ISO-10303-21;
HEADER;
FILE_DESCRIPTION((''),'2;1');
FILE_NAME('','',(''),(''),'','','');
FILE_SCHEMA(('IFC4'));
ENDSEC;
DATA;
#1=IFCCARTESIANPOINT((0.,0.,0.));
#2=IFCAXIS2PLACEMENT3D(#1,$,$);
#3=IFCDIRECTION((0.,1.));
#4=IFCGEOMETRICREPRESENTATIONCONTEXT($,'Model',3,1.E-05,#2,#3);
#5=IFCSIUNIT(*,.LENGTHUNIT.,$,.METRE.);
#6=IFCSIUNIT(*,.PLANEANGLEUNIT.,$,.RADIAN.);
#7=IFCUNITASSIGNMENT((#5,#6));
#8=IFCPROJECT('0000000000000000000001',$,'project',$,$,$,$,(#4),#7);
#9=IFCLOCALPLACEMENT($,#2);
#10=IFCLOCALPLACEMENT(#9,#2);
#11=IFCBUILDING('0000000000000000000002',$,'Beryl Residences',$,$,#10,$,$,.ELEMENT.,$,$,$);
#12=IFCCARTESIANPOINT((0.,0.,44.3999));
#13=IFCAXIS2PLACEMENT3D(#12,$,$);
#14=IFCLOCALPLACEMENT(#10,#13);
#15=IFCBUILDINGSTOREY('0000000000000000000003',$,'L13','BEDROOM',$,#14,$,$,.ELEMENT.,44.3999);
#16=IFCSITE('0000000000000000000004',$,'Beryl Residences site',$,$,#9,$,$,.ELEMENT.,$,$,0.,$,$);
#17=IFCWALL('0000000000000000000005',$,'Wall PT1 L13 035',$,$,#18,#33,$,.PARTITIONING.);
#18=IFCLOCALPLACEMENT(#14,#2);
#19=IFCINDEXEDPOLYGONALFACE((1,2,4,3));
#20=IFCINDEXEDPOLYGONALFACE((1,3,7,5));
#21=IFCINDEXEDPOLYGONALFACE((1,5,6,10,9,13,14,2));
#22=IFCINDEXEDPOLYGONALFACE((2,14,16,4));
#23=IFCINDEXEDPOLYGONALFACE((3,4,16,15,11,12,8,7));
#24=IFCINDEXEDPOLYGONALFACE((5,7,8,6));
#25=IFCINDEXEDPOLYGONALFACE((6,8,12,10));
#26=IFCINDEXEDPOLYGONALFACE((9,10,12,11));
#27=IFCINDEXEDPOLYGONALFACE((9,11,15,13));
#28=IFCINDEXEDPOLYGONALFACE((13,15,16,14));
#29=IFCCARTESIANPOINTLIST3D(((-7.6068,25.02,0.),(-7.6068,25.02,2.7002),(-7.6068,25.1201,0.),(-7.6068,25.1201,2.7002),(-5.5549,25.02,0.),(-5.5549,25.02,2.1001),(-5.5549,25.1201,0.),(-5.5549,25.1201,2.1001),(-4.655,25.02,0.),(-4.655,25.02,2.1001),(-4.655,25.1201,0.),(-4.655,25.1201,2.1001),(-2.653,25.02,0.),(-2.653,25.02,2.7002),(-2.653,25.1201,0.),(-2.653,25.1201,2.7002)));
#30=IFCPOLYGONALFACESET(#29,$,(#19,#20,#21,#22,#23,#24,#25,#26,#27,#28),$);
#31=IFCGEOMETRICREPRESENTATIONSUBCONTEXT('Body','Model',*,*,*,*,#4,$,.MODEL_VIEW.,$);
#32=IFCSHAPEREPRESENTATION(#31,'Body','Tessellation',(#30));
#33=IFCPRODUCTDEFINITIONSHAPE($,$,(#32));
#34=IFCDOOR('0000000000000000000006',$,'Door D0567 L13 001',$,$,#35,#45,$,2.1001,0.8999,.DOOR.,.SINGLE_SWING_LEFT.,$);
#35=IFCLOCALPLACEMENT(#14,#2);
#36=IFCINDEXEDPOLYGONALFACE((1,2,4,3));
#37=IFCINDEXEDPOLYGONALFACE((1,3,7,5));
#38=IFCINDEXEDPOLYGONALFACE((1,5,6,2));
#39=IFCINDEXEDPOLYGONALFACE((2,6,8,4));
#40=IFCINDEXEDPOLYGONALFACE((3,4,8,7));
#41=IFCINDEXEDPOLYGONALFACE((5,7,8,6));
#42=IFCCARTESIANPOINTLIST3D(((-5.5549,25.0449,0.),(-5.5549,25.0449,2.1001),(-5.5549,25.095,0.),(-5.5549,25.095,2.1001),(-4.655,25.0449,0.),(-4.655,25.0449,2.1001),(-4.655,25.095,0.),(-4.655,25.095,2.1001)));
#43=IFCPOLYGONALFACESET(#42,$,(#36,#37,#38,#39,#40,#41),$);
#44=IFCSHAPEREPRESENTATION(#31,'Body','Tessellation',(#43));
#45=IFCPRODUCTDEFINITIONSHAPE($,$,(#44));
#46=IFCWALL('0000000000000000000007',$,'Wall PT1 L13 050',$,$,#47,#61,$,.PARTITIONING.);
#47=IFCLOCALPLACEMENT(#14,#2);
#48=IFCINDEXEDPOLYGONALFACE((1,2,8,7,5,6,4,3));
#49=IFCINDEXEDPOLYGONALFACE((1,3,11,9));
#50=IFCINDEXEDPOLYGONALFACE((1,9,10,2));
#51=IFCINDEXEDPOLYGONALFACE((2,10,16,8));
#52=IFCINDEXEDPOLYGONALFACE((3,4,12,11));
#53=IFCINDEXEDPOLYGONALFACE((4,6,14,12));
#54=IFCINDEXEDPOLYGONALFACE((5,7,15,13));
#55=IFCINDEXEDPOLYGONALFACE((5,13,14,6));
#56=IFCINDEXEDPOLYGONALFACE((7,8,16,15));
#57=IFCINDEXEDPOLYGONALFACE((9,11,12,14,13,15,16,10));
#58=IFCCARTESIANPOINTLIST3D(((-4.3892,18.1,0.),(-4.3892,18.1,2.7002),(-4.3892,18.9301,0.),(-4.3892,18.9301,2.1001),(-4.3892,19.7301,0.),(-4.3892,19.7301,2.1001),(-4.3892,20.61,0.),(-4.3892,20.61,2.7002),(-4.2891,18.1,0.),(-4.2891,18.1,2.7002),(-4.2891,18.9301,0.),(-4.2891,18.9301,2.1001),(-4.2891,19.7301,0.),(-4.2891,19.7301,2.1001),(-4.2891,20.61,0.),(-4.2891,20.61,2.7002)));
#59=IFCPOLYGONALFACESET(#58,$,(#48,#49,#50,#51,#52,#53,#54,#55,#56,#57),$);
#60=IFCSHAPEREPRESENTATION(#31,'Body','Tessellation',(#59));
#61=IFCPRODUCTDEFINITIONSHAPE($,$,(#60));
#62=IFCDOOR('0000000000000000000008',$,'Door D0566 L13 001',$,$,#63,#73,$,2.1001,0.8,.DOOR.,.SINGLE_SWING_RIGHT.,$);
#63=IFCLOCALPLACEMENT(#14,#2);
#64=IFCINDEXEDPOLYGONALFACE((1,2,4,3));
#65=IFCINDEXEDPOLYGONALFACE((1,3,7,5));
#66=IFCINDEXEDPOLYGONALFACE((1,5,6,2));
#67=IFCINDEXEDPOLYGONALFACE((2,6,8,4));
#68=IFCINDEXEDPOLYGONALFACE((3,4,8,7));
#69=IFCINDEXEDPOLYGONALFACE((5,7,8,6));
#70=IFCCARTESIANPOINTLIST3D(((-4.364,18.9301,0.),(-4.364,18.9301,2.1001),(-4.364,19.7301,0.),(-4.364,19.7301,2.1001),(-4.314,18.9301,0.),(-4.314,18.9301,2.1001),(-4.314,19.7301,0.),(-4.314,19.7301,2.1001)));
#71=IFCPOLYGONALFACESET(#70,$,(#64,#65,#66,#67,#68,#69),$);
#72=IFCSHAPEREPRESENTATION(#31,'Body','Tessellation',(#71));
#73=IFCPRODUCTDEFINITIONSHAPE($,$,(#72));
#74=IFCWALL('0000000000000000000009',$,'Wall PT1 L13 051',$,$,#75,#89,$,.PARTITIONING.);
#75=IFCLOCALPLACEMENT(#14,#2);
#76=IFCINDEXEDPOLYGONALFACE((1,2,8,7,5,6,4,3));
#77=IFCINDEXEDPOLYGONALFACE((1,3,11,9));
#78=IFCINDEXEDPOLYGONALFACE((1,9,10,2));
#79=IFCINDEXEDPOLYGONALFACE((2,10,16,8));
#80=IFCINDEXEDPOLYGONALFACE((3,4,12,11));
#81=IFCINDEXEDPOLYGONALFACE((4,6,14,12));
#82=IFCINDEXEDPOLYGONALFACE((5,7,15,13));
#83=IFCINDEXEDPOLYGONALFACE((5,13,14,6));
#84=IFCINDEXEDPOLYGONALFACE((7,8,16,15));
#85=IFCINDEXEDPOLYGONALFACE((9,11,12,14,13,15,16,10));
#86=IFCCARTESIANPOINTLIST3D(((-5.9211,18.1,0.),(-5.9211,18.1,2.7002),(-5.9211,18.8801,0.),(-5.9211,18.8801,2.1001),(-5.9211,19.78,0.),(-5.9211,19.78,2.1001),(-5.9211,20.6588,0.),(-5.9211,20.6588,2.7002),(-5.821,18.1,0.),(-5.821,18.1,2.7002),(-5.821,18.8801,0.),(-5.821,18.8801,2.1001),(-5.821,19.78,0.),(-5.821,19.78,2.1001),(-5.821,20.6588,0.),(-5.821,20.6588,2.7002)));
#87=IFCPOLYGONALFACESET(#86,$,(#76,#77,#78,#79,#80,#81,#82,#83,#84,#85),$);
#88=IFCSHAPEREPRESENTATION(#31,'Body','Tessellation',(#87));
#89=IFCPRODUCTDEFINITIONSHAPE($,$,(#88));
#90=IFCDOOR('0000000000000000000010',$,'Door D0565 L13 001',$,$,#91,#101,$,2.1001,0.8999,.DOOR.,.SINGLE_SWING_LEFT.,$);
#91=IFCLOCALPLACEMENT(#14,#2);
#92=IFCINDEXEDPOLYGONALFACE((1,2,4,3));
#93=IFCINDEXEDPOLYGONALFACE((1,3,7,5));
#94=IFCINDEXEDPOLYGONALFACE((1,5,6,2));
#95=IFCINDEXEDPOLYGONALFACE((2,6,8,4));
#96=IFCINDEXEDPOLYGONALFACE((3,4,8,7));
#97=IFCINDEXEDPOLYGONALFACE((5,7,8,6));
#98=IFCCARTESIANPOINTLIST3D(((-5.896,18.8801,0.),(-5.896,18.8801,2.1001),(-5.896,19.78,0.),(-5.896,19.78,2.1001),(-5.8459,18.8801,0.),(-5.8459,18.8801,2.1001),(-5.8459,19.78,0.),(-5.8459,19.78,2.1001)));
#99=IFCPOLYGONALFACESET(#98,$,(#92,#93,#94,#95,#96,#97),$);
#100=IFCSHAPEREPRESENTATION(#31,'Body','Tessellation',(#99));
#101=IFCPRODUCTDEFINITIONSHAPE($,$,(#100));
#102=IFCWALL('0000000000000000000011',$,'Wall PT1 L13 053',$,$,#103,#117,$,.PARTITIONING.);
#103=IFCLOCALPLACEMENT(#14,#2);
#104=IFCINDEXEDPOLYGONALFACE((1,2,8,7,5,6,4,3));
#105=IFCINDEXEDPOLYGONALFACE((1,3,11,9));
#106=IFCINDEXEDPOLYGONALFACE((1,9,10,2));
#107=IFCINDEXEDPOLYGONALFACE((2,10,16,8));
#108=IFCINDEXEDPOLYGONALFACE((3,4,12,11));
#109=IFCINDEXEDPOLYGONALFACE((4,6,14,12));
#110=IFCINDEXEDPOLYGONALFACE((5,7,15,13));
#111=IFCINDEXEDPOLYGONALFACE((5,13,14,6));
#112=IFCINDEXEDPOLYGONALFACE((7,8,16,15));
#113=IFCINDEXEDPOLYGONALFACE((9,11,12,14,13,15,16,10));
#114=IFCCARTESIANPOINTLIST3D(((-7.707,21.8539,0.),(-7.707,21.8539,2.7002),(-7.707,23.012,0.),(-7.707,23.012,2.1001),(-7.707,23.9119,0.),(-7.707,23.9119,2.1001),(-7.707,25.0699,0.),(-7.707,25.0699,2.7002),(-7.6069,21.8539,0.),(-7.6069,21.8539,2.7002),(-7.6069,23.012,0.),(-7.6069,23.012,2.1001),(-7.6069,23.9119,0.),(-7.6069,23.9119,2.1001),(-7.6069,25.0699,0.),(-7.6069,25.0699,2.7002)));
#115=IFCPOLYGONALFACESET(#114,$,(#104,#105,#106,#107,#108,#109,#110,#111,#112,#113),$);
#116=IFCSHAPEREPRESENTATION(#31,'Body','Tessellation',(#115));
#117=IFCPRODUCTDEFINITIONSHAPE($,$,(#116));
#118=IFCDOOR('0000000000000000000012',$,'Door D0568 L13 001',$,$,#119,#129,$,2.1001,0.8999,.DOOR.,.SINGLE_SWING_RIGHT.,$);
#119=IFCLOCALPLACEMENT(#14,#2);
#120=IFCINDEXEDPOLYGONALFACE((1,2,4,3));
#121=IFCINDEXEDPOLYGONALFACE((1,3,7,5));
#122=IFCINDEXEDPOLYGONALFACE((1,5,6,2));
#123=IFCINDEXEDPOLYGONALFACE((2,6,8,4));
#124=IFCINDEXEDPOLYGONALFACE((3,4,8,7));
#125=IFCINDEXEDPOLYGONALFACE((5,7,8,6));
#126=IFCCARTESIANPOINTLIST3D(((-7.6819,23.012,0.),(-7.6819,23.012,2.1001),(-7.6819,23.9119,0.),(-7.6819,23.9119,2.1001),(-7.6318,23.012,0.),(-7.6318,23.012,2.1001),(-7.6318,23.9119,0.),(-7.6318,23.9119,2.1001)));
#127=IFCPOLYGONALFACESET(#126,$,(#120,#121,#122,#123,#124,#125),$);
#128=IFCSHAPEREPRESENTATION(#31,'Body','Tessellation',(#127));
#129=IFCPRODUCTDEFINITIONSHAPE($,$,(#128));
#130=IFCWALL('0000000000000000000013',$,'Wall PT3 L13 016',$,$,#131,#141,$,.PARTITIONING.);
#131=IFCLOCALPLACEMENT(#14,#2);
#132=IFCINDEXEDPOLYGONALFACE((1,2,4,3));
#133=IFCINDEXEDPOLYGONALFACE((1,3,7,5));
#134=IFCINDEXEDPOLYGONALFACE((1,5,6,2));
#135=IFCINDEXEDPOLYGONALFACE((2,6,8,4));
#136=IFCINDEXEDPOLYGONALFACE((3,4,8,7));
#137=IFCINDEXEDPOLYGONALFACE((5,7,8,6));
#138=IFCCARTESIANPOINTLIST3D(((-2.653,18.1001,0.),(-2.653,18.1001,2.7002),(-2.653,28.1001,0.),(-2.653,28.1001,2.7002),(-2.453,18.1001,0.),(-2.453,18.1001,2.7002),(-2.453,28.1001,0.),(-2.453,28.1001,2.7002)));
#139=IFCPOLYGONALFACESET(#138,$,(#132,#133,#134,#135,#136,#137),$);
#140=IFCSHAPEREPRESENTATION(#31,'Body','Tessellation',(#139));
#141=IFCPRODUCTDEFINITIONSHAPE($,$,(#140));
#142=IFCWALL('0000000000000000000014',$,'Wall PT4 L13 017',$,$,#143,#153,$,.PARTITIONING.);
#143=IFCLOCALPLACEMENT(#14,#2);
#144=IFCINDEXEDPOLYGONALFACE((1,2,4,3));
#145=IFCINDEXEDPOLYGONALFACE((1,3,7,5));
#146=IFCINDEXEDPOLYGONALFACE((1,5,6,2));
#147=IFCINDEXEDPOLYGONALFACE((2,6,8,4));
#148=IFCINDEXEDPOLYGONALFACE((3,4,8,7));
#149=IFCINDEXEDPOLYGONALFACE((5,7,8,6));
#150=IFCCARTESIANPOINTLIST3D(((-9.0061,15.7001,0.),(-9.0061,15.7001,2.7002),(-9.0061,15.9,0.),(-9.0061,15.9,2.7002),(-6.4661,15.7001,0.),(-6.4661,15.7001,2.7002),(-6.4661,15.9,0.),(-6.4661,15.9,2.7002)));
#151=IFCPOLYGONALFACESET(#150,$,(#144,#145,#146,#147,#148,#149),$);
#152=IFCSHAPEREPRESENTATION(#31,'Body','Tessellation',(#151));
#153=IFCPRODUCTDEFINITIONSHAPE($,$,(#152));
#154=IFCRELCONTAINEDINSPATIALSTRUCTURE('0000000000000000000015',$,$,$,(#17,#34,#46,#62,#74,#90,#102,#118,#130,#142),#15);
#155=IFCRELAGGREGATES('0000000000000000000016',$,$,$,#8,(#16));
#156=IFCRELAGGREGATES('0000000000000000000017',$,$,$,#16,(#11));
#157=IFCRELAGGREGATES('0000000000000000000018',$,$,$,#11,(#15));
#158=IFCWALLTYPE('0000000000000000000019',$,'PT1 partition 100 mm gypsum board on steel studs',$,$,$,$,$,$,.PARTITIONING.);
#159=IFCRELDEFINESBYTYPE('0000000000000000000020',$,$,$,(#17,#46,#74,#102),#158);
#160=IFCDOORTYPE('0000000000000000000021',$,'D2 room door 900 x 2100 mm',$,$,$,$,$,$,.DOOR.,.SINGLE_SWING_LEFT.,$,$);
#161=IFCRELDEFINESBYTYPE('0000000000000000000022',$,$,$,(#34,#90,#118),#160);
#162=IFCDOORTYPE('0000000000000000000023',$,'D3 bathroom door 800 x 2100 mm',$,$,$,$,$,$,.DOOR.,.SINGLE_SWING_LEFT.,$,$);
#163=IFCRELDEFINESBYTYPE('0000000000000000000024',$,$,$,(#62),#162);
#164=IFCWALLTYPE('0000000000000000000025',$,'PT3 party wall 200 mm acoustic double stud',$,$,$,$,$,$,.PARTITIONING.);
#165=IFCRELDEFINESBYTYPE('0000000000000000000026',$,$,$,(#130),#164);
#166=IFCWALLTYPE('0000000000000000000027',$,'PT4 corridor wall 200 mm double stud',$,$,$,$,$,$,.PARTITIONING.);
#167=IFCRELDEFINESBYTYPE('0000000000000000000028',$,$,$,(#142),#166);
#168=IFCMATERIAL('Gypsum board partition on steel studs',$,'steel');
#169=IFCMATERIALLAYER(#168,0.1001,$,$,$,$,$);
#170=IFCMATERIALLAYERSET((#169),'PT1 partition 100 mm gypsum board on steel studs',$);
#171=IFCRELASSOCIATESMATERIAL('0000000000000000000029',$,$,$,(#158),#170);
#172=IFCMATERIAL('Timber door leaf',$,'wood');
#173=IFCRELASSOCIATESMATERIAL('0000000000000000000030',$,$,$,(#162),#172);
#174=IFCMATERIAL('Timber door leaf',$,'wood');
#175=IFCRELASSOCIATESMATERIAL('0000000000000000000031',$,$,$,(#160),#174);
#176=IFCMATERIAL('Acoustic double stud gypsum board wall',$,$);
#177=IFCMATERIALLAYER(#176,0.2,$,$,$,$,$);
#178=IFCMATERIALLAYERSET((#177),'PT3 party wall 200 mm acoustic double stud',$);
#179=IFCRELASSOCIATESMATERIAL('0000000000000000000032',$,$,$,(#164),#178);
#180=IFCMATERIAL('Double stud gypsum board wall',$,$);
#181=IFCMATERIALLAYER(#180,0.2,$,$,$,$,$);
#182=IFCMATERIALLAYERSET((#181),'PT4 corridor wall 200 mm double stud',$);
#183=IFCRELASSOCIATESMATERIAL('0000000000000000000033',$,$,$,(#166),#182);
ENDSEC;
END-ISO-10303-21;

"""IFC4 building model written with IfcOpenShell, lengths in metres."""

from ifc_helpers import new_model, si_unit, direction, frame, frame_2d, origin, place, context, subcontext, project, spatial, rectangle, extrude, material, layer, layer_set, type_object, element, fill, save


model = new_model("IFC4")

# Units and contexts
model_context = context("Model", 3, precision=1e-05, world=origin(), true_north=direction((0.0, 1.0)))
body_context = subcontext(model_context, "Body", "Model", "MODEL_VIEW")
ifc_project = project(units=[si_unit("LENGTHUNIT", "METRE"), si_unit("PLANEANGLEUNIT", "RADIAN")], contexts=[model_context])

# Site, building, storey
site_placement = place(None, origin())
site = spatial("IfcSite", under=ifc_project, at=site_placement, Name="Beryl Residences site", CompositionType="ELEMENT", RefElevation=0.0)
building_placement = place(site_placement, origin())
building = spatial("IfcBuilding", under=site, at=building_placement, Name="Beryl Residences", CompositionType="ELEMENT")
storey_placement = place(building_placement, frame((0.0, 0.0, 44.3999)))
storey = spatial("IfcBuildingStorey", under=building, at=storey_placement, Name="L13", Description="BEDROOM", CompositionType="ELEMENT", Elevation=44.3999)

# Shared definitions
ifc_material_1 = material(Name="Gypsum board partition on steel studs", Category="steel")
ifc_layer_1 = layer(ifc_material_1, 0.1001)
ifc_layer_set_1 = layer_set([ifc_layer_1], Name="PT1 partition 100 mm gypsum board on steel studs")
wall_type_1 = type_object("IfcWallType", Name="PT1 partition 100 mm gypsum board on steel studs", PredefinedType="PARTITIONING", material=ifc_layer_set_1)

# Walls, openings, doors
ifc_material_2 = material(Name="Timber door leaf", Category="wood")
door_type_1 = type_object("IfcDoorType", Name="D3 bathroom door 800 x 2100 mm", OperationType="SINGLE_SWING_LEFT", PredefinedType="DOOR", material=ifc_material_2)
wall_1_placement = place(storey_placement, frame((-7.6069, 25.0701, 0.0), z_axis=(0.0, 0.0, 1.0), x_axis=(1.0, 0.0, 0.0)))
wall_1 = element("IfcWall", 1, at=wall_1_placement, inside=storey, type_object=wall_type_1, Name="Wall PT1 L13 035", PredefinedType="PARTITIONING", context=body_context, shape_type="SweptSolid", body=[
    extrude(rectangle(XDim=4.9539, YDim=0.1001, at=frame_2d((2.4771, 0.0))), origin(), (0.0, 0.0, 1.0), 2.7002),
])
opening_1_placement = place(wall_1_placement, frame((2.052, 0.0, 0.0)))
opening_1 = element("IfcOpeningElement", 2, at=opening_1_placement, cuts=wall_1, PredefinedType="OPENING", context=body_context, shape_type="SweptSolid", body=[
    extrude(rectangle(XDim=0.8999, YDim=2.1001, at=frame_2d((0.45, 1.05))), frame((0.0, 0.0601, 0.0), z_axis=(0.0, -1.0, 0.0), x_axis=(1.0, 0.0, 0.0)), (0.0, 0.0, 1.0), 0.1201),
])
ifc_material_3 = material(Name="Timber door leaf", Category="wood")
door_type_2 = type_object("IfcDoorType", Name="D2 room door 900 x 2100 mm", OperationType="SINGLE_SWING_LEFT", PredefinedType="DOOR", material=ifc_material_3)
door_1_placement = place(opening_1_placement, origin())
door_1 = element("IfcDoor", 3, at=door_1_placement, inside=storey, type_object=door_type_2, Name="Door D0567 L13 001", OperationType="SINGLE_SWING_LEFT", OverallHeight=2.1001, OverallWidth=0.8999, PredefinedType="DOOR", context=body_context, shape_type="SweptSolid", body=[
    extrude(rectangle(XDim=0.8999, YDim=2.1001, at=frame_2d((0.45, 1.05))), frame((0.0, 0.0249, 0.0), z_axis=(0.0, -1.0, 0.0), x_axis=(1.0, 0.0, 0.0)), (0.0, 0.0, 1.0), 0.05),
])
fill(opening_1, door_1)
wall_2_placement = place(storey_placement, frame((-4.3391, 18.1001, 0.0), z_axis=(0.0, 0.0, 1.0), x_axis=(0.0, 1.0, 0.0)))
wall_2 = element("IfcWall", 4, at=wall_2_placement, inside=storey, type_object=wall_type_1, Name="Wall PT1 L13 050", PredefinedType="PARTITIONING", context=body_context, shape_type="SweptSolid", body=[
    extrude(rectangle(XDim=2.51, YDim=0.1001, at=frame_2d((1.2549, 0.0))), origin(), (0.0, 0.0, 1.0), 2.7002),
])
opening_2_placement = place(wall_2_placement, frame((0.8301, 0.0, 0.0)))
opening_2 = element("IfcOpeningElement", 5, at=opening_2_placement, cuts=wall_2, PredefinedType="OPENING", context=body_context, shape_type="SweptSolid", body=[
    extrude(rectangle(XDim=0.8, YDim=2.1001, at=frame_2d((0.3999, 1.05))), frame((0.0, 0.0601, 0.0), z_axis=(0.0, -1.0, 0.0), x_axis=(1.0, 0.0, 0.0)), (0.0, 0.0, 1.0), 0.1201),
])
door_2_placement = place(opening_2_placement, origin())
door_2 = element("IfcDoor", 6, at=door_2_placement, inside=storey, type_object=door_type_1, Name="Door D0566 L13 001", OperationType="SINGLE_SWING_RIGHT", OverallHeight=2.1001, OverallWidth=0.8, PredefinedType="DOOR", context=body_context, shape_type="SweptSolid", body=[
    extrude(rectangle(XDim=0.8, YDim=2.1001, at=frame_2d((0.3999, 1.05))), frame((0.0, 0.0249, 0.0), z_axis=(0.0, -1.0, 0.0), x_axis=(1.0, 0.0, 0.0)), (0.0, 0.0, 1.0), 0.05),
])
fill(opening_2, door_2)
wall_3_placement = place(storey_placement, frame((-5.8711, 18.1001, 0.0), z_axis=(0.0, 0.0, 1.0), x_axis=(0.0, 1.0, 0.0)))
wall_3 = element("IfcWall", 7, at=wall_3_placement, inside=storey, type_object=wall_type_1, Name="Wall PT1 L13 051", PredefinedType="PARTITIONING", context=body_context, shape_type="SweptSolid", body=[
    extrude(rectangle(XDim=2.5588, YDim=0.1001, at=frame_2d((1.2793, 0.0))), origin(), (0.0, 0.0, 1.0), 2.7002),
])
opening_3_placement = place(wall_3_placement, frame((0.78, 0.0, 0.0)))
opening_3 = element("IfcOpeningElement", 8, at=opening_3_placement, cuts=wall_3, PredefinedType="OPENING", context=body_context, shape_type="SweptSolid", body=[
    extrude(rectangle(XDim=0.8999, YDim=2.1001, at=frame_2d((0.45, 1.05))), frame((0.0, 0.0601, 0.0), z_axis=(0.0, -1.0, 0.0), x_axis=(1.0, 0.0, 0.0)), (0.0, 0.0, 1.0), 0.1201),
])
door_3_placement = place(opening_3_placement, origin())
door_3 = element("IfcDoor", 9, at=door_3_placement, inside=storey, type_object=door_type_2, Name="Door D0565 L13 001", OperationType="SINGLE_SWING_LEFT", OverallHeight=2.1001, OverallWidth=0.8999, PredefinedType="DOOR", context=body_context, shape_type="SweptSolid", body=[
    extrude(rectangle(XDim=0.8999, YDim=2.1001, at=frame_2d((0.45, 1.05))), frame((0.0, 0.0249, 0.0), z_axis=(0.0, -1.0, 0.0), x_axis=(1.0, 0.0, 0.0)), (0.0, 0.0, 1.0), 0.05),
])
fill(opening_3, door_3)
wall_4_placement = place(storey_placement, frame((-7.657, 21.854, 0.0), z_axis=(0.0, 0.0, 1.0), x_axis=(0.0, 1.0, 0.0)))
wall_4 = element("IfcWall", 10, at=wall_4_placement, inside=storey, type_object=wall_type_1, Name="Wall PT1 L13 053", PredefinedType="PARTITIONING", context=body_context, shape_type="SweptSolid", body=[
    extrude(rectangle(XDim=3.2161, YDim=0.1001, at=frame_2d((1.6079, 0.0))), origin(), (0.0, 0.0, 1.0), 2.7002),
])
opening_4_placement = place(wall_4_placement, frame((1.158, 0.0, 0.0)))
opening_4 = element("IfcOpeningElement", 11, at=opening_4_placement, cuts=wall_4, PredefinedType="OPENING", context=body_context, shape_type="SweptSolid", body=[
    extrude(rectangle(XDim=0.8999, YDim=2.1001, at=frame_2d((0.45, 1.05))), frame((0.0, 0.0601, 0.0), z_axis=(0.0, -1.0, 0.0), x_axis=(1.0, 0.0, 0.0)), (0.0, 0.0, 1.0), 0.1201),
])
door_4_placement = place(opening_4_placement, origin())
door_4 = element("IfcDoor", 12, at=door_4_placement, inside=storey, type_object=door_type_2, Name="Door D0568 L13 001", OperationType="SINGLE_SWING_RIGHT", OverallHeight=2.1001, OverallWidth=0.8999, PredefinedType="DOOR", context=body_context, shape_type="SweptSolid", body=[
    extrude(rectangle(XDim=0.8999, YDim=2.1001, at=frame_2d((0.45, 1.05))), frame((0.0, 0.0249, 0.0), z_axis=(0.0, -1.0, 0.0), x_axis=(1.0, 0.0, 0.0)), (0.0, 0.0, 1.0), 0.05),
])
fill(opening_4, door_4)

# Walls
ifc_material_4 = material(Name="Acoustic double stud gypsum board wall")
ifc_layer_2 = layer(ifc_material_4, 0.2)
ifc_layer_set_2 = layer_set([ifc_layer_2], Name="PT3 party wall 200 mm acoustic double stud")
wall_type_2 = type_object("IfcWallType", Name="PT3 party wall 200 mm acoustic double stud", PredefinedType="PARTITIONING", material=ifc_layer_set_2)
wall_5_placement = place(storey_placement, frame((-2.553, 18.1001, 0.0), z_axis=(0.0, 0.0, 1.0), x_axis=(0.0, 1.0, 0.0)))
element("IfcWall", 13, at=wall_5_placement, inside=storey, type_object=wall_type_2, Name="Wall PT3 L13 016", PredefinedType="PARTITIONING", context=body_context, shape_type="SweptSolid", body=[
    extrude(rectangle(XDim=10.0, YDim=0.2, at=frame_2d((5.0, 0.0))), origin(), (0.0, 0.0, 1.0), 2.7002),
])
ifc_material_5 = material(Name="Double stud gypsum board wall")
ifc_layer_3 = layer(ifc_material_5, 0.2)
ifc_layer_set_3 = layer_set([ifc_layer_3], Name="PT4 corridor wall 200 mm double stud")
wall_type_3 = type_object("IfcWallType", Name="PT4 corridor wall 200 mm double stud", PredefinedType="PARTITIONING", material=ifc_layer_set_3)
wall_6_placement = place(storey_placement, frame((-9.0061, 15.8, 0.0), z_axis=(0.0, 0.0, 1.0), x_axis=(1.0, 0.0, 0.0)))
element("IfcWall", 14, at=wall_6_placement, inside=storey, type_object=wall_type_3, Name="Wall PT4 L13 017", PredefinedType="PARTITIONING", context=body_context, shape_type="SweptSolid", body=[
    extrude(rectangle(XDim=2.54, YDim=0.2, at=frame_2d((1.27, 0.0))), origin(), (0.0, 0.0, 1.0), 2.7002),
])

save(model, "model.ifc")
